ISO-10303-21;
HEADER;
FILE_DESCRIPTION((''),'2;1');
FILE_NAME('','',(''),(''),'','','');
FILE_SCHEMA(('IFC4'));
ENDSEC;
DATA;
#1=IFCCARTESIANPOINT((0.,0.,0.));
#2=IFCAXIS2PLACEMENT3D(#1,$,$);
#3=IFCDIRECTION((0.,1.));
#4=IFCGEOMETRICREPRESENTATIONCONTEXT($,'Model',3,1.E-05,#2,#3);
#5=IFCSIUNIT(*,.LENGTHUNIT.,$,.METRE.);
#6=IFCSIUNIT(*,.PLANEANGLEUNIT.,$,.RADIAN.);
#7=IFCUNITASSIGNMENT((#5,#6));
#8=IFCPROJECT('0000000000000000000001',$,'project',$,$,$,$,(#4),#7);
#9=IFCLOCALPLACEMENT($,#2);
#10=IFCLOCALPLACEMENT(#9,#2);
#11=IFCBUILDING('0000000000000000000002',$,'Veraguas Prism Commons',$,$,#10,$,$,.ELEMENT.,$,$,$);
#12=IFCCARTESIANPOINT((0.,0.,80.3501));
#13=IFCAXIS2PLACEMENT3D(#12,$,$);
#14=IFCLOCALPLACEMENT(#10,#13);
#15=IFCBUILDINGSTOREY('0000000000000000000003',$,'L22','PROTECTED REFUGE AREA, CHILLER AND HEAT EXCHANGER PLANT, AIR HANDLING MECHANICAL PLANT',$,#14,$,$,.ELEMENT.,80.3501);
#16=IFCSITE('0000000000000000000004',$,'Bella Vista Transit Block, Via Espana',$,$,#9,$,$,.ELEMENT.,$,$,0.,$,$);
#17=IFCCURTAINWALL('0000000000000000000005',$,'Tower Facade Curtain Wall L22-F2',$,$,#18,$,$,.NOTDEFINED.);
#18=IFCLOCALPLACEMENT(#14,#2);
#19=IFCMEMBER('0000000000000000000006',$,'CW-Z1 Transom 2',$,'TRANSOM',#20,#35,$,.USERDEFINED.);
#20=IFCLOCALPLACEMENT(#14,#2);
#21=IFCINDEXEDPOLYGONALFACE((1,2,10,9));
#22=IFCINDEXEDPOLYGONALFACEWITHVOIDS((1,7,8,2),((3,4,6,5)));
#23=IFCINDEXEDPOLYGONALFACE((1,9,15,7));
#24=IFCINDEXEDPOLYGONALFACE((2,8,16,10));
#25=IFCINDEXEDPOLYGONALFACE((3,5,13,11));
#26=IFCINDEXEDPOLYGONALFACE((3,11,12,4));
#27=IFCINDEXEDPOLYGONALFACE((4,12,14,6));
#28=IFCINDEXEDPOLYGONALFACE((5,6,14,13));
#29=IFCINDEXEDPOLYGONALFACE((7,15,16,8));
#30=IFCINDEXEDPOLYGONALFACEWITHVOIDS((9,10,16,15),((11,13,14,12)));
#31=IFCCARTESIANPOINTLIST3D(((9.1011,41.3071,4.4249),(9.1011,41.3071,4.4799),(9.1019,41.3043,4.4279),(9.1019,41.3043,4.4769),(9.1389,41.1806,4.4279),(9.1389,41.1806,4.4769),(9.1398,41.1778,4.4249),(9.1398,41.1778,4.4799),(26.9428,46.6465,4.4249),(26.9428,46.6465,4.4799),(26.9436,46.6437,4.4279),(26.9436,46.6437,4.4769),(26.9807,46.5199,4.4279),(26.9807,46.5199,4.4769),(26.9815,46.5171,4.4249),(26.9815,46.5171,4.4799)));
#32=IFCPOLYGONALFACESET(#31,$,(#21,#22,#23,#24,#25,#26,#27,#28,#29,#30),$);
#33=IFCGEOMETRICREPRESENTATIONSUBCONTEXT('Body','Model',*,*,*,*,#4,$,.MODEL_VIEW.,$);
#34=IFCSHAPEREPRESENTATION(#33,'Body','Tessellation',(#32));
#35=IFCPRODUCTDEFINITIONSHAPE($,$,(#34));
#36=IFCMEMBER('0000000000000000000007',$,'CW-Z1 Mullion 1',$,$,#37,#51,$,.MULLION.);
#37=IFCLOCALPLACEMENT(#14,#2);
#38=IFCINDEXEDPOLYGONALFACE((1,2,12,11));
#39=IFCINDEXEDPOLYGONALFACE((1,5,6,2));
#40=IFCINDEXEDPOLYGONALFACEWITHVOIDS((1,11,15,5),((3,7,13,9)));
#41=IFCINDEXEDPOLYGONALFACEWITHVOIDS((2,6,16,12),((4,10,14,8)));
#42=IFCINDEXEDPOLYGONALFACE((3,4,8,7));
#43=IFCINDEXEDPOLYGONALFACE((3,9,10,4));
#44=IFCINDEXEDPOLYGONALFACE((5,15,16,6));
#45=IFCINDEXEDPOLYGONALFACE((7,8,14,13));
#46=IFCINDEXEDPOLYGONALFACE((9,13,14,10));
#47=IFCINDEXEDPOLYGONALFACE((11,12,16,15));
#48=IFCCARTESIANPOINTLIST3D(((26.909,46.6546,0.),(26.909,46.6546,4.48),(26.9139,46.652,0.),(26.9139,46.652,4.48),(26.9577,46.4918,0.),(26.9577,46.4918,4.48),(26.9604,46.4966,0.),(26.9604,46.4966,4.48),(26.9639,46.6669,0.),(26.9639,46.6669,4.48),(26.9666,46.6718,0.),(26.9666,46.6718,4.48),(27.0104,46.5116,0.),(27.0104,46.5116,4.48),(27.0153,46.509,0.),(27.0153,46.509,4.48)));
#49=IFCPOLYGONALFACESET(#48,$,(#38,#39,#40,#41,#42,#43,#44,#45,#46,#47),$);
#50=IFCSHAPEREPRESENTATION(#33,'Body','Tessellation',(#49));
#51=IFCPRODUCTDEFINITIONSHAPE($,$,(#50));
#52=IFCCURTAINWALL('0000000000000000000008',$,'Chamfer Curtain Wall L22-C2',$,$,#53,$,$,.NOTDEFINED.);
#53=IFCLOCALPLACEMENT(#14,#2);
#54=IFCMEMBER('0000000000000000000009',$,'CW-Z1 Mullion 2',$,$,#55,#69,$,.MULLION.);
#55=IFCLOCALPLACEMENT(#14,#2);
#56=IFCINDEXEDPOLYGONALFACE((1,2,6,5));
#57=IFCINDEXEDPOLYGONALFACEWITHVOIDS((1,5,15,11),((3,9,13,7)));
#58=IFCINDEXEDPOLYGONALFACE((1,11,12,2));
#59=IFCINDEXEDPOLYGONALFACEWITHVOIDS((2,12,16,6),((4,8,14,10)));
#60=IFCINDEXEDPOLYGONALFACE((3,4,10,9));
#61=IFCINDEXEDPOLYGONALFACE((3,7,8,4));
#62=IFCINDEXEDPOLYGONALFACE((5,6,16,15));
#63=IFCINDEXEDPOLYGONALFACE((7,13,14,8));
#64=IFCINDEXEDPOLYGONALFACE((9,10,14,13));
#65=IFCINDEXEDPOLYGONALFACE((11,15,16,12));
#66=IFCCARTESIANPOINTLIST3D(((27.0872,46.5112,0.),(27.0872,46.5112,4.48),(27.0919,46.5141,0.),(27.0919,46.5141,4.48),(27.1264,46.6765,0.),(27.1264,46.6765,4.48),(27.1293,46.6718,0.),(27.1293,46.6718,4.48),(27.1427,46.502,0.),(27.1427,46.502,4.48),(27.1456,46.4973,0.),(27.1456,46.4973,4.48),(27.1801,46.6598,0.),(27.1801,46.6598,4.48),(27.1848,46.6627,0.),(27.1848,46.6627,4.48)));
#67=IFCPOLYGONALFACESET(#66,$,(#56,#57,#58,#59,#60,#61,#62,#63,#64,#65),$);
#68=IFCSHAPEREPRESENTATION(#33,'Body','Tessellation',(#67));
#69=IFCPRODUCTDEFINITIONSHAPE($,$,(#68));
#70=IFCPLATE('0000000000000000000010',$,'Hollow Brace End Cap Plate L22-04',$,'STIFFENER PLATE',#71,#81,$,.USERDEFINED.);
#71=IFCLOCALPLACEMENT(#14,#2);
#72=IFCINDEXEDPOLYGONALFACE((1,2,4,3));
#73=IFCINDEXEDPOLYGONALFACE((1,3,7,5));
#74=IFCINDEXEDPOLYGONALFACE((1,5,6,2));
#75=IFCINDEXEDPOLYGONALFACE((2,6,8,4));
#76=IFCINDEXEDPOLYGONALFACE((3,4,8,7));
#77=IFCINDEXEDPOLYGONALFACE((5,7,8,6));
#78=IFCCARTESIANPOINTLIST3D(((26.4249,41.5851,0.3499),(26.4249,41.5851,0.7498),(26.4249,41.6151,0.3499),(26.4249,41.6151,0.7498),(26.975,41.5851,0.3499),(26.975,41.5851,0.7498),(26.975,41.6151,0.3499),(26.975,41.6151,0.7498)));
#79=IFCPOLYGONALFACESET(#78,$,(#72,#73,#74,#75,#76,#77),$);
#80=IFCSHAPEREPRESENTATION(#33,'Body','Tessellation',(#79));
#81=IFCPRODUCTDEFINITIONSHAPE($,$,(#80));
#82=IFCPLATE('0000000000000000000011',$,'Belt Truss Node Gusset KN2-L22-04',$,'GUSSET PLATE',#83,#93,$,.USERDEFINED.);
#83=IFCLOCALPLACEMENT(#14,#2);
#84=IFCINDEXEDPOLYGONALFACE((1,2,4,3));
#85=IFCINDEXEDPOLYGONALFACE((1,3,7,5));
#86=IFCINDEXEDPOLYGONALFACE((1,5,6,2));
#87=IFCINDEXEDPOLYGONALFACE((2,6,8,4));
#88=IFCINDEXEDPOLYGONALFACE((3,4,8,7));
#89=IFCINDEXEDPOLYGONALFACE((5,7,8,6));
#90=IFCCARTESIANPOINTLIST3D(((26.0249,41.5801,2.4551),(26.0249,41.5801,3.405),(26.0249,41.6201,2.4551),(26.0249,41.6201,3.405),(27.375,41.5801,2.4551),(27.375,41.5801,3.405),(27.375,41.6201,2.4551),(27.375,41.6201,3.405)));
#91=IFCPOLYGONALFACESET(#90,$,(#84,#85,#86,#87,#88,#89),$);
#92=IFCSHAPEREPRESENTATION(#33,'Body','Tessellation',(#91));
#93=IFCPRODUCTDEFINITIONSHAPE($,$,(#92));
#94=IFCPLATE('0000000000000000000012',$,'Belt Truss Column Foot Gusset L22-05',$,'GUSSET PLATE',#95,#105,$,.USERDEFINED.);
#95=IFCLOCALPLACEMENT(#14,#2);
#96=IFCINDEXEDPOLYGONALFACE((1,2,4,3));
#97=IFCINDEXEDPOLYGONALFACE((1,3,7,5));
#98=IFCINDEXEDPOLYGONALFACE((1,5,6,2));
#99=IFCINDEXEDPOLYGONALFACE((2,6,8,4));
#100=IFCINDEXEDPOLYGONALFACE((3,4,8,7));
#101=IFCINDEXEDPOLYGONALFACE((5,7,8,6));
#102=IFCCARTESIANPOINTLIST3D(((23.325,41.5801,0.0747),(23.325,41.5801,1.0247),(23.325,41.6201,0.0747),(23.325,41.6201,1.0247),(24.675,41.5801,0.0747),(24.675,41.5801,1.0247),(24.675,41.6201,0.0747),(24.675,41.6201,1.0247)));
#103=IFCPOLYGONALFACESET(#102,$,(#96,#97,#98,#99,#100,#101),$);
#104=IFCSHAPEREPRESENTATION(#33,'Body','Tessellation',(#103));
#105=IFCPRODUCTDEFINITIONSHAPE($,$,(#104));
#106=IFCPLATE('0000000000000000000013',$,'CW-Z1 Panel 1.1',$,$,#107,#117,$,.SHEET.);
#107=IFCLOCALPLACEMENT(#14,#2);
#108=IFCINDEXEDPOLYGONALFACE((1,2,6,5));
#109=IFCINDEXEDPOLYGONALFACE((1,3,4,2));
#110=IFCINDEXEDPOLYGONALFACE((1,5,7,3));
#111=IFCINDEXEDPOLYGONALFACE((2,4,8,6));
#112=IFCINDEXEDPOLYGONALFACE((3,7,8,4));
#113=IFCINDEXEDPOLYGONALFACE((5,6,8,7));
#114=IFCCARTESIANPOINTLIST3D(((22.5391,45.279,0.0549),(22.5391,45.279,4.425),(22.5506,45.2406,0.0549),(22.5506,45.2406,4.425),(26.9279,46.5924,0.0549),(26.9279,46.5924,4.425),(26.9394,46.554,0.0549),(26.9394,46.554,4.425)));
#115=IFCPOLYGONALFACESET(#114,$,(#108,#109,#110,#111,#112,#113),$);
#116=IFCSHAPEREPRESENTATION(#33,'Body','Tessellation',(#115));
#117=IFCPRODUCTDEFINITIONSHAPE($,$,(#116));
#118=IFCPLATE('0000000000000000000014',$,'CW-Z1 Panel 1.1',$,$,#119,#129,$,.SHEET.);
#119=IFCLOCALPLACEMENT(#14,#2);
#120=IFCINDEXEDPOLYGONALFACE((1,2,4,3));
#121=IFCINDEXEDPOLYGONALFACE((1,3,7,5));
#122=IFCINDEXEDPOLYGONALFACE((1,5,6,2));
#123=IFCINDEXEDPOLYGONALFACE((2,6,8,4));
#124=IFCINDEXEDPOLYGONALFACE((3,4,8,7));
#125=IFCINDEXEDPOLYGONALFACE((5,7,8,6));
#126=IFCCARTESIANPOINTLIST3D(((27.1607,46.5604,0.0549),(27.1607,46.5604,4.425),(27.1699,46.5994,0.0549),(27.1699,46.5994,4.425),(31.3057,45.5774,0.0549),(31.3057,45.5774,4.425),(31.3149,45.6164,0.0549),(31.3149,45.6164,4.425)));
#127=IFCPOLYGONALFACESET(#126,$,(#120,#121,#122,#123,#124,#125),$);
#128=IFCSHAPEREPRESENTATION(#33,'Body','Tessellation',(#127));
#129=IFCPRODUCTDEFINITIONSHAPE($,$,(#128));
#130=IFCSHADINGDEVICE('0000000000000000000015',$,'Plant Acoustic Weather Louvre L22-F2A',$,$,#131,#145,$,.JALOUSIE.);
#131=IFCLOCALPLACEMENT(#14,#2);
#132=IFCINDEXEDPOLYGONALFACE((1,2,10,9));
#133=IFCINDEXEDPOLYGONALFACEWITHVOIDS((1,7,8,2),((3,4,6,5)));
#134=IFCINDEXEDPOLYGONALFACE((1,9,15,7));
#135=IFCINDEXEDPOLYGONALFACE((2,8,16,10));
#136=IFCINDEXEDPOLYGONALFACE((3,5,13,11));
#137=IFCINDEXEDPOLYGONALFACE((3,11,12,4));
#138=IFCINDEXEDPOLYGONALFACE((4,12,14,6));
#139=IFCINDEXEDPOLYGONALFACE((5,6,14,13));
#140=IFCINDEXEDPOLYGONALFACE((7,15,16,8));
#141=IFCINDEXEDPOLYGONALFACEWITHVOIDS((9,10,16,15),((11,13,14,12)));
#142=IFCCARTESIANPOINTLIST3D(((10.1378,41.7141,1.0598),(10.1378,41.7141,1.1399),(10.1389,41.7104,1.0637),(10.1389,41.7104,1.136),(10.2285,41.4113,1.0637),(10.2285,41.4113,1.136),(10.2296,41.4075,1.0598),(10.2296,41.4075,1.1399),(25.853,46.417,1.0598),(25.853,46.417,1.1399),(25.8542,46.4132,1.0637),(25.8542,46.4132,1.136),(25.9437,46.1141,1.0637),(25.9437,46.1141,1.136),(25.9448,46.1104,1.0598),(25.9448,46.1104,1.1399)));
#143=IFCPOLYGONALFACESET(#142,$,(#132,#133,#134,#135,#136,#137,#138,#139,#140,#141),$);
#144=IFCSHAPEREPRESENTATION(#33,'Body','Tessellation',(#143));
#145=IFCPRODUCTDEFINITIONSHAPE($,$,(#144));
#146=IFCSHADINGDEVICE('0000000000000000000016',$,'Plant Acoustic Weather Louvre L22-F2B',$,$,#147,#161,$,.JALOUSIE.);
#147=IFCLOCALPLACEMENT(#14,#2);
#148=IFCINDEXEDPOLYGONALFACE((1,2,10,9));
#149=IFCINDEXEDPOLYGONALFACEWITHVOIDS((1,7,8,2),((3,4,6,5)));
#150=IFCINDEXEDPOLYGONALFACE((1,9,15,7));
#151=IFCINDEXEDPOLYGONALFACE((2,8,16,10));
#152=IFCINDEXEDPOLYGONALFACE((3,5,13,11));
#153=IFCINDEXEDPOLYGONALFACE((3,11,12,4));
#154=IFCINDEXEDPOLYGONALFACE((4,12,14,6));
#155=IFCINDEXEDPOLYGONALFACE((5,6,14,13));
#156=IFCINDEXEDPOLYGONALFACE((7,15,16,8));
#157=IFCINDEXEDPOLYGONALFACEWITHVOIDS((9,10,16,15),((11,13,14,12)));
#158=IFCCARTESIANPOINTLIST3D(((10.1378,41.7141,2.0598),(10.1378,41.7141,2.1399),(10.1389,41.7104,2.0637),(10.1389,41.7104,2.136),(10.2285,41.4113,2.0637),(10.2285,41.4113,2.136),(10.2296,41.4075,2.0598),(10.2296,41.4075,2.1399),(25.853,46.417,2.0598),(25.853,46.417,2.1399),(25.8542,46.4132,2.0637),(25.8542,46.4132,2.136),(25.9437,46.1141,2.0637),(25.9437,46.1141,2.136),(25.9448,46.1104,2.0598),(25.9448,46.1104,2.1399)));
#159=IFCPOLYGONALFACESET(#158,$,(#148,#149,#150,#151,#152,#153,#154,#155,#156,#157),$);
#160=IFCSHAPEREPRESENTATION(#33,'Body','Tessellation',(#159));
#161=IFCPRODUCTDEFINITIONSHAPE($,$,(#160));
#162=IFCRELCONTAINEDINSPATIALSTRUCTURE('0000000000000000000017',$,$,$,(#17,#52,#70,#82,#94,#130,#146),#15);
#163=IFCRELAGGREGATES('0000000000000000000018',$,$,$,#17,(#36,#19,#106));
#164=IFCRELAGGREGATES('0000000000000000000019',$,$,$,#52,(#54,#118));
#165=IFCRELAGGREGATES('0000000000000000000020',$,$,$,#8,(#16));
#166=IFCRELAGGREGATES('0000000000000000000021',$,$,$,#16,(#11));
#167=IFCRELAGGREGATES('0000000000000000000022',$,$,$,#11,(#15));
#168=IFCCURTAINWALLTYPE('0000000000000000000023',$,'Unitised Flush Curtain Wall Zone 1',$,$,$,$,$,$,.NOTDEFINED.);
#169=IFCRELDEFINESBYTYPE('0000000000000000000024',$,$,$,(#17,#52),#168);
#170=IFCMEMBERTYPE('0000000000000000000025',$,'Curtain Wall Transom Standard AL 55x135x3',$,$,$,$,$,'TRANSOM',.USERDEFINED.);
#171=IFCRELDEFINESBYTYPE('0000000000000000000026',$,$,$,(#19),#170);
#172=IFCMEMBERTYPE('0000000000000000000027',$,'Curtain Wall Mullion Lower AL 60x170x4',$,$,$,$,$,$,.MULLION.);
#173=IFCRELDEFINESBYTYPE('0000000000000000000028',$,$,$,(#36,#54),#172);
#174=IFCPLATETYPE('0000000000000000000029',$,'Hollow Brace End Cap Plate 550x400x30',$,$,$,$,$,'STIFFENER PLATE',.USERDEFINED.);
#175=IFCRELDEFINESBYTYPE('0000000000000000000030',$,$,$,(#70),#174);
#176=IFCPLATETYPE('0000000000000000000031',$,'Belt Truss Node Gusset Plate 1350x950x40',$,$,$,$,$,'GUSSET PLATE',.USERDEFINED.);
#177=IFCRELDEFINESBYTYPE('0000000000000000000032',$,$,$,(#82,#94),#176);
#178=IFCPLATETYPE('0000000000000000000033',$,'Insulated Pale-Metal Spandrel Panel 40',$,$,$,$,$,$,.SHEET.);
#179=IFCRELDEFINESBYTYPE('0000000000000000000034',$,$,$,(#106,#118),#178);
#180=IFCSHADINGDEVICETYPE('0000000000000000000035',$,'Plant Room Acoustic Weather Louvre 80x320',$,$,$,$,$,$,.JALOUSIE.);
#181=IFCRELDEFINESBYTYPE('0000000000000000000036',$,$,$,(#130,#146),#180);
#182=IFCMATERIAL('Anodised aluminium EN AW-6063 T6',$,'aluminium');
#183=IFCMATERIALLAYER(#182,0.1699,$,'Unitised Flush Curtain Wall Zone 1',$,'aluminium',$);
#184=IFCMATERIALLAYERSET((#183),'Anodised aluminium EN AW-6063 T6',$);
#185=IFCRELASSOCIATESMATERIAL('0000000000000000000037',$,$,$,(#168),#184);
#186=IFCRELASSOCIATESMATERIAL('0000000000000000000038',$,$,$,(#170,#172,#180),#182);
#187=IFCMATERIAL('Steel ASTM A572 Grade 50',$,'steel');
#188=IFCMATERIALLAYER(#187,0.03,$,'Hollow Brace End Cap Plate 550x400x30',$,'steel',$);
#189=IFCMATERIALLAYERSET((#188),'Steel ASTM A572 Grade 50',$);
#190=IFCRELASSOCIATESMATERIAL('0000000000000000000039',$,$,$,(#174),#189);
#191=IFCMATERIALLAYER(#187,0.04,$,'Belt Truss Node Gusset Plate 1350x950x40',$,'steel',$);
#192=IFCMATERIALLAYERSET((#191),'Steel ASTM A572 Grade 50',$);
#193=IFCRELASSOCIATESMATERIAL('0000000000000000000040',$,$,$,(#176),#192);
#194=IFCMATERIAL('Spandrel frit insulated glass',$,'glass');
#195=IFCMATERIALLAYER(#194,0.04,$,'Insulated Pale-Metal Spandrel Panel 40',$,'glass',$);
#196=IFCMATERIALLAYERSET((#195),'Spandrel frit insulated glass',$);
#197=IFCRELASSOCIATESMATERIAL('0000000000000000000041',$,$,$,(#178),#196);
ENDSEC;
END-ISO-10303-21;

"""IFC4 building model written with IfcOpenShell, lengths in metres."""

from ifc_helpers import new_model, si_unit, direction, frame, origin, origin_2d, place, context, subcontext, project, spatial, rectangle, hollow_rectangle, extrude, source, transform, mapped, material, layer, layer_set, material_profile, profile_set, type_object, element, aggregate, save


model = new_model("IFC4")

# Units and contexts
model_context = context("Model", 3, precision=1e-05, world=origin(), true_north=direction((0.0, 1.0)))
body_context = subcontext(model_context, "Body", "Model", "MODEL_VIEW")
ifc_project = project(units=[si_unit("LENGTHUNIT", "METRE"), si_unit("PLANEANGLEUNIT", "RADIAN")], contexts=[model_context])

# Site, building, storey
site_placement = place(None, origin())
site = spatial("IfcSite", under=ifc_project, at=site_placement, Name="Bella Vista Transit Block, Via Espana", CompositionType="ELEMENT", RefElevation=0.0)
building_placement = place(site_placement, origin())
building = spatial("IfcBuilding", under=site, at=building_placement, Name="Veraguas Prism Commons", CompositionType="ELEMENT")
storey_placement = place(building_placement, frame((0.0, 0.0, 80.3501)))
storey = spatial("IfcBuildingStorey", under=building, at=storey_placement, Name="L22", Description="PROTECTED REFUGE AREA, CHILLER AND HEAT EXCHANGER PLANT, AIR HANDLING MECHANICAL PLANT", CompositionType="ELEMENT", Elevation=80.3501)

# Shared definitions
ifc_material_1 = material(Name="Steel ASTM A572 Grade 50", Category="steel")

# Curtain wall, members
ifc_material_2 = material(Name="Anodised aluminium EN AW-6063 T6", Category="aluminium")
ifc_layer_1 = layer(ifc_material_2, 0.1699, Name="Unitised Flush Curtain Wall Zone 1", Category="aluminium")
ifc_layer_set_1 = layer_set([ifc_layer_1], Name="Anodised aluminium EN AW-6063 T6")
curtain_wall_type = type_object("IfcCurtainWallType", Name="Unitised Flush Curtain Wall Zone 1", PredefinedType="NOTDEFINED", material=ifc_layer_set_1)
curtain_wall_1_placement = place(storey_placement, origin())
curtain_wall_1 = element("IfcCurtainWall", 1, at=curtain_wall_1_placement, inside=storey, type_object=curtain_wall_type, Name="Tower Facade Curtain Wall L22-F2", PredefinedType="NOTDEFINED")
ifc_material_profile_1 = material_profile(ifc_material_2, hollow_rectangle(XDim=0.0549, YDim=0.135, WallThickness=0.0029, at=origin_2d()), Name="AL55X135X3")
ifc_profile_set_1 = profile_set([ifc_material_profile_1], Name="Anodised aluminium EN AW-6063 T6")
member_type_1 = type_object("IfcMemberType", Name="Curtain Wall Transom Standard AL 55x135x3", ElementType="TRANSOM", PredefinedType="USERDEFINED", material=ifc_profile_set_1)
shared_shape_1 = source(origin(), body_context, "Body", "SweptSolid", [
    extrude(hollow_rectangle(XDim=0.0549, YDim=0.135, WallThickness=0.0029, at=origin_2d()), origin(), (0.0, 0.0, 1.0), 18.6235),
])
member_1_placement = place(storey_placement, frame((26.9622, 46.5818, 4.4524), z_axis=(-0.958021, -0.286698, 0.0), x_axis=(0.0, 0.0, 1.0)))
member_1 = element("IfcMember", 2, at=member_1_placement, type_object=member_type_1, Name="CW-Z1 Transom 2", ObjectType="TRANSOM", PredefinedType="USERDEFINED", context=body_context, shape_type="MappedRepresentation", body=[
    mapped(shared_shape_1, transform((0.0, 0.0, 0.0), scale=1.0)),
])
ifc_material_profile_2 = material_profile(ifc_material_2, hollow_rectangle(XDim=0.0601, YDim=0.1699, WallThickness=0.0039, at=origin_2d()), Name="AL60X170X4")
ifc_profile_set_2 = profile_set([ifc_material_profile_2], Name="Anodised aluminium EN AW-6063 T6")
member_type_2 = type_object("IfcMemberType", Name="Curtain Wall Mullion Lower AL 60x170x4", PredefinedType="MULLION", material=ifc_profile_set_2)
shared_shape_2 = source(origin(), body_context, "Body", "SweptSolid", [
    extrude(hollow_rectangle(XDim=0.0601, YDim=0.1699, WallThickness=0.0039, at=origin_2d()), origin(), (0.0, 0.0, 1.0), 4.48),
])
member_2_placement = place(storey_placement, frame((26.9622, 46.5818, 0.0), z_axis=(0.0, 0.0, 1.0), x_axis=(-0.958023, -0.286692, 0.0)))
member_2 = element("IfcMember", 3, at=member_2_placement, type_object=member_type_2, Name="CW-Z1 Mullion 1", PredefinedType="MULLION", context=body_context, shape_type="MappedRepresentation", body=[
    mapped(shared_shape_2, transform((0.0, 0.0, 0.0), scale=1.0)),
])

# Curtain wall, member
curtain_wall_2_placement = place(storey_placement, origin())
curtain_wall_2 = element("IfcCurtainWall", 4, at=curtain_wall_2_placement, inside=storey, type_object=curtain_wall_type, Name="Chamfer Curtain Wall L22-C2", PredefinedType="NOTDEFINED")
member_3_placement = place(storey_placement, frame((27.136, 46.5869, 0.0), z_axis=(0.0, 0.0, 1.0), x_axis=(-0.973012, 0.230753, 0.0)))
member_3 = element("IfcMember", 5, at=member_3_placement, type_object=member_type_2, Name="CW-Z1 Mullion 2", PredefinedType="MULLION", context=body_context, shape_type="MappedRepresentation", body=[
    mapped(shared_shape_2, transform((0.0, 0.0, 0.0), scale=1.0)),
])

# Plates
ifc_layer_2 = layer(ifc_material_1, 0.03, Name="Hollow Brace End Cap Plate 550x400x30", Category="steel")
ifc_layer_set_2 = layer_set([ifc_layer_2], Name="Steel ASTM A572 Grade 50")
plate_type_1 = type_object("IfcPlateType", Name="Hollow Brace End Cap Plate 550x400x30", ElementType="STIFFENER PLATE", PredefinedType="USERDEFINED", material=ifc_layer_set_2)
shared_shape_3 = source(origin(), body_context, "Body", "SweptSolid", [
    extrude(rectangle(XDim=0.55, YDim=0.03, at=origin_2d()), origin(), (0.0, 0.0, 1.0), 0.3999),
])
plate_1_placement = place(storey_placement, frame((26.7, 41.6001, 0.3499), z_axis=(0.0, 0.0, 1.0), x_axis=(-1.0, 0.0, 0.0)))
element("IfcPlate", 6, at=plate_1_placement, inside=storey, type_object=plate_type_1, Name="Hollow Brace End Cap Plate L22-04", ObjectType="STIFFENER PLATE", PredefinedType="USERDEFINED", context=body_context, shape_type="MappedRepresentation", body=[
    mapped(shared_shape_3, transform((0.0, 0.0, 0.0), scale=1.0)),
])
ifc_layer_3 = layer(ifc_material_1, 0.04, Name="Belt Truss Node Gusset Plate 1350x950x40", Category="steel")
ifc_layer_set_3 = layer_set([ifc_layer_3], Name="Steel ASTM A572 Grade 50")
plate_type_2 = type_object("IfcPlateType", Name="Belt Truss Node Gusset Plate 1350x950x40", ElementType="GUSSET PLATE", PredefinedType="USERDEFINED", material=ifc_layer_set_3)
shared_shape_4 = source(origin(), body_context, "Body", "SweptSolid", [
    extrude(rectangle(XDim=1.3501, YDim=0.04, at=origin_2d()), origin(), (0.0, 0.0, 1.0), 0.95),
])
for number, where, z_axis, x_axis, name in (
    (7, (26.7, 41.6001, 2.4551), (0.0, 0.0, 1.0), (-1.0, 0.0, 0.0), "Belt Truss Node Gusset KN2-L22-04"),
    (8, (24.0, 41.6001, 0.0747), (0.0, 0.0, 1.0), (-1.0, 0.0, 0.0), "Belt Truss Column Foot Gusset L22-05"),
):
    element("IfcPlate", number, at=place(storey_placement, frame(where, z_axis=z_axis, x_axis=x_axis)), inside=storey, type_object=plate_type_2, Name=name, ObjectType="GUSSET PLATE", PredefinedType="USERDEFINED", context=body_context, shape_type="MappedRepresentation", body=[
        mapped(shared_shape_4, transform((0.0, 0.0, 0.0), scale=1.0)),
    ])

# Plates
ifc_material_3 = material(Name="Spandrel frit insulated glass", Category="glass")
ifc_layer_4 = layer(ifc_material_3, 0.04, Name="Insulated Pale-Metal Spandrel Panel 40", Category="glass")
ifc_layer_set_4 = layer_set([ifc_layer_4], Name="Spandrel frit insulated glass")
plate_type_3 = type_object("IfcPlateType", Name="Insulated Pale-Metal Spandrel Panel 40", PredefinedType="SHEET", material=ifc_layer_set_4)
shared_shape_5 = source(origin(), body_context, "Body", "SweptSolid", [
    extrude(rectangle(XDim=4.5811, YDim=0.04, at=origin_2d()), origin(), (0.0, 0.0, 1.0), 4.3701),
])
plate_2_placement = place(storey_placement, frame((24.7393, 45.9165, 0.0549), z_axis=(0.0, 0.0, 1.0), x_axis=(-0.958023, -0.286692, 0.0)))
plate_2 = element("IfcPlate", 9, at=plate_2_placement, type_object=plate_type_3, Name="CW-Z1 Panel 1.1", PredefinedType="SHEET", context=body_context, shape_type="MappedRepresentation", body=[
    mapped(shared_shape_5, transform((0.0, 0.0, 0.0), scale=1.0)),
])
aggregate(curtain_wall_1, [member_2, member_1, plate_2])
shared_shape_6 = source(origin(), body_context, "Body", "SweptSolid", [
    extrude(rectangle(XDim=4.26, YDim=0.04, at=origin_2d()), origin(), (0.0, 0.0, 1.0), 4.3701),
])
plate_3_placement = place(storey_placement, frame((29.2378, 46.0884, 0.0549), z_axis=(0.0, 0.0, 1.0), x_axis=(-0.973012, 0.230753, 0.0)))
plate_3 = element("IfcPlate", 10, at=plate_3_placement, type_object=plate_type_3, Name="CW-Z1 Panel 1.1", PredefinedType="SHEET", context=body_context, shape_type="MappedRepresentation", body=[
    mapped(shared_shape_6, transform((0.0, 0.0, 0.0), scale=1.0)),
])
aggregate(curtain_wall_2, [member_3, plate_3])

# Shading devices
ifc_material_profile_3 = material_profile(ifc_material_2, hollow_rectangle(XDim=0.0801, YDim=0.3201, WallThickness=0.0039, at=origin_2d()), Name="LVR80X320X4")
ifc_profile_set_3 = profile_set([ifc_material_profile_3], Name="Anodised aluminium EN AW-6063 T6")
shading_device_type = type_object("IfcShadingDeviceType", Name="Plant Room Acoustic Weather Louvre 80x320", PredefinedType="JALOUSIE", material=ifc_profile_set_3)
for number, where, z_axis, x_axis, name in (
    (11, (25.8989, 46.2637, 1.0999), (-0.958023, -0.286692, 0.0), (0.0, 0.0, 1.0), "Plant Acoustic Weather Louvre L22-F2A"),
    (12, (25.8989, 46.2637, 2.0999), (-0.958023, -0.286692, 0.0), (0.0, 0.0, 1.0), "Plant Acoustic Weather Louvre L22-F2B"),
):
    element("IfcShadingDevice", number, at=place(storey_placement, frame(where, z_axis=z_axis, x_axis=x_axis)), inside=storey, type_object=shading_device_type, Name=name, PredefinedType="JALOUSIE", context=body_context, shape_type="SweptSolid", body=[
        extrude(hollow_rectangle(XDim=0.0801, YDim=0.3201, WallThickness=0.0039, at=origin_2d()), origin(), (0.0, 0.0, 1.0), 16.4038),
    ])

save(model, "model.ifc")
